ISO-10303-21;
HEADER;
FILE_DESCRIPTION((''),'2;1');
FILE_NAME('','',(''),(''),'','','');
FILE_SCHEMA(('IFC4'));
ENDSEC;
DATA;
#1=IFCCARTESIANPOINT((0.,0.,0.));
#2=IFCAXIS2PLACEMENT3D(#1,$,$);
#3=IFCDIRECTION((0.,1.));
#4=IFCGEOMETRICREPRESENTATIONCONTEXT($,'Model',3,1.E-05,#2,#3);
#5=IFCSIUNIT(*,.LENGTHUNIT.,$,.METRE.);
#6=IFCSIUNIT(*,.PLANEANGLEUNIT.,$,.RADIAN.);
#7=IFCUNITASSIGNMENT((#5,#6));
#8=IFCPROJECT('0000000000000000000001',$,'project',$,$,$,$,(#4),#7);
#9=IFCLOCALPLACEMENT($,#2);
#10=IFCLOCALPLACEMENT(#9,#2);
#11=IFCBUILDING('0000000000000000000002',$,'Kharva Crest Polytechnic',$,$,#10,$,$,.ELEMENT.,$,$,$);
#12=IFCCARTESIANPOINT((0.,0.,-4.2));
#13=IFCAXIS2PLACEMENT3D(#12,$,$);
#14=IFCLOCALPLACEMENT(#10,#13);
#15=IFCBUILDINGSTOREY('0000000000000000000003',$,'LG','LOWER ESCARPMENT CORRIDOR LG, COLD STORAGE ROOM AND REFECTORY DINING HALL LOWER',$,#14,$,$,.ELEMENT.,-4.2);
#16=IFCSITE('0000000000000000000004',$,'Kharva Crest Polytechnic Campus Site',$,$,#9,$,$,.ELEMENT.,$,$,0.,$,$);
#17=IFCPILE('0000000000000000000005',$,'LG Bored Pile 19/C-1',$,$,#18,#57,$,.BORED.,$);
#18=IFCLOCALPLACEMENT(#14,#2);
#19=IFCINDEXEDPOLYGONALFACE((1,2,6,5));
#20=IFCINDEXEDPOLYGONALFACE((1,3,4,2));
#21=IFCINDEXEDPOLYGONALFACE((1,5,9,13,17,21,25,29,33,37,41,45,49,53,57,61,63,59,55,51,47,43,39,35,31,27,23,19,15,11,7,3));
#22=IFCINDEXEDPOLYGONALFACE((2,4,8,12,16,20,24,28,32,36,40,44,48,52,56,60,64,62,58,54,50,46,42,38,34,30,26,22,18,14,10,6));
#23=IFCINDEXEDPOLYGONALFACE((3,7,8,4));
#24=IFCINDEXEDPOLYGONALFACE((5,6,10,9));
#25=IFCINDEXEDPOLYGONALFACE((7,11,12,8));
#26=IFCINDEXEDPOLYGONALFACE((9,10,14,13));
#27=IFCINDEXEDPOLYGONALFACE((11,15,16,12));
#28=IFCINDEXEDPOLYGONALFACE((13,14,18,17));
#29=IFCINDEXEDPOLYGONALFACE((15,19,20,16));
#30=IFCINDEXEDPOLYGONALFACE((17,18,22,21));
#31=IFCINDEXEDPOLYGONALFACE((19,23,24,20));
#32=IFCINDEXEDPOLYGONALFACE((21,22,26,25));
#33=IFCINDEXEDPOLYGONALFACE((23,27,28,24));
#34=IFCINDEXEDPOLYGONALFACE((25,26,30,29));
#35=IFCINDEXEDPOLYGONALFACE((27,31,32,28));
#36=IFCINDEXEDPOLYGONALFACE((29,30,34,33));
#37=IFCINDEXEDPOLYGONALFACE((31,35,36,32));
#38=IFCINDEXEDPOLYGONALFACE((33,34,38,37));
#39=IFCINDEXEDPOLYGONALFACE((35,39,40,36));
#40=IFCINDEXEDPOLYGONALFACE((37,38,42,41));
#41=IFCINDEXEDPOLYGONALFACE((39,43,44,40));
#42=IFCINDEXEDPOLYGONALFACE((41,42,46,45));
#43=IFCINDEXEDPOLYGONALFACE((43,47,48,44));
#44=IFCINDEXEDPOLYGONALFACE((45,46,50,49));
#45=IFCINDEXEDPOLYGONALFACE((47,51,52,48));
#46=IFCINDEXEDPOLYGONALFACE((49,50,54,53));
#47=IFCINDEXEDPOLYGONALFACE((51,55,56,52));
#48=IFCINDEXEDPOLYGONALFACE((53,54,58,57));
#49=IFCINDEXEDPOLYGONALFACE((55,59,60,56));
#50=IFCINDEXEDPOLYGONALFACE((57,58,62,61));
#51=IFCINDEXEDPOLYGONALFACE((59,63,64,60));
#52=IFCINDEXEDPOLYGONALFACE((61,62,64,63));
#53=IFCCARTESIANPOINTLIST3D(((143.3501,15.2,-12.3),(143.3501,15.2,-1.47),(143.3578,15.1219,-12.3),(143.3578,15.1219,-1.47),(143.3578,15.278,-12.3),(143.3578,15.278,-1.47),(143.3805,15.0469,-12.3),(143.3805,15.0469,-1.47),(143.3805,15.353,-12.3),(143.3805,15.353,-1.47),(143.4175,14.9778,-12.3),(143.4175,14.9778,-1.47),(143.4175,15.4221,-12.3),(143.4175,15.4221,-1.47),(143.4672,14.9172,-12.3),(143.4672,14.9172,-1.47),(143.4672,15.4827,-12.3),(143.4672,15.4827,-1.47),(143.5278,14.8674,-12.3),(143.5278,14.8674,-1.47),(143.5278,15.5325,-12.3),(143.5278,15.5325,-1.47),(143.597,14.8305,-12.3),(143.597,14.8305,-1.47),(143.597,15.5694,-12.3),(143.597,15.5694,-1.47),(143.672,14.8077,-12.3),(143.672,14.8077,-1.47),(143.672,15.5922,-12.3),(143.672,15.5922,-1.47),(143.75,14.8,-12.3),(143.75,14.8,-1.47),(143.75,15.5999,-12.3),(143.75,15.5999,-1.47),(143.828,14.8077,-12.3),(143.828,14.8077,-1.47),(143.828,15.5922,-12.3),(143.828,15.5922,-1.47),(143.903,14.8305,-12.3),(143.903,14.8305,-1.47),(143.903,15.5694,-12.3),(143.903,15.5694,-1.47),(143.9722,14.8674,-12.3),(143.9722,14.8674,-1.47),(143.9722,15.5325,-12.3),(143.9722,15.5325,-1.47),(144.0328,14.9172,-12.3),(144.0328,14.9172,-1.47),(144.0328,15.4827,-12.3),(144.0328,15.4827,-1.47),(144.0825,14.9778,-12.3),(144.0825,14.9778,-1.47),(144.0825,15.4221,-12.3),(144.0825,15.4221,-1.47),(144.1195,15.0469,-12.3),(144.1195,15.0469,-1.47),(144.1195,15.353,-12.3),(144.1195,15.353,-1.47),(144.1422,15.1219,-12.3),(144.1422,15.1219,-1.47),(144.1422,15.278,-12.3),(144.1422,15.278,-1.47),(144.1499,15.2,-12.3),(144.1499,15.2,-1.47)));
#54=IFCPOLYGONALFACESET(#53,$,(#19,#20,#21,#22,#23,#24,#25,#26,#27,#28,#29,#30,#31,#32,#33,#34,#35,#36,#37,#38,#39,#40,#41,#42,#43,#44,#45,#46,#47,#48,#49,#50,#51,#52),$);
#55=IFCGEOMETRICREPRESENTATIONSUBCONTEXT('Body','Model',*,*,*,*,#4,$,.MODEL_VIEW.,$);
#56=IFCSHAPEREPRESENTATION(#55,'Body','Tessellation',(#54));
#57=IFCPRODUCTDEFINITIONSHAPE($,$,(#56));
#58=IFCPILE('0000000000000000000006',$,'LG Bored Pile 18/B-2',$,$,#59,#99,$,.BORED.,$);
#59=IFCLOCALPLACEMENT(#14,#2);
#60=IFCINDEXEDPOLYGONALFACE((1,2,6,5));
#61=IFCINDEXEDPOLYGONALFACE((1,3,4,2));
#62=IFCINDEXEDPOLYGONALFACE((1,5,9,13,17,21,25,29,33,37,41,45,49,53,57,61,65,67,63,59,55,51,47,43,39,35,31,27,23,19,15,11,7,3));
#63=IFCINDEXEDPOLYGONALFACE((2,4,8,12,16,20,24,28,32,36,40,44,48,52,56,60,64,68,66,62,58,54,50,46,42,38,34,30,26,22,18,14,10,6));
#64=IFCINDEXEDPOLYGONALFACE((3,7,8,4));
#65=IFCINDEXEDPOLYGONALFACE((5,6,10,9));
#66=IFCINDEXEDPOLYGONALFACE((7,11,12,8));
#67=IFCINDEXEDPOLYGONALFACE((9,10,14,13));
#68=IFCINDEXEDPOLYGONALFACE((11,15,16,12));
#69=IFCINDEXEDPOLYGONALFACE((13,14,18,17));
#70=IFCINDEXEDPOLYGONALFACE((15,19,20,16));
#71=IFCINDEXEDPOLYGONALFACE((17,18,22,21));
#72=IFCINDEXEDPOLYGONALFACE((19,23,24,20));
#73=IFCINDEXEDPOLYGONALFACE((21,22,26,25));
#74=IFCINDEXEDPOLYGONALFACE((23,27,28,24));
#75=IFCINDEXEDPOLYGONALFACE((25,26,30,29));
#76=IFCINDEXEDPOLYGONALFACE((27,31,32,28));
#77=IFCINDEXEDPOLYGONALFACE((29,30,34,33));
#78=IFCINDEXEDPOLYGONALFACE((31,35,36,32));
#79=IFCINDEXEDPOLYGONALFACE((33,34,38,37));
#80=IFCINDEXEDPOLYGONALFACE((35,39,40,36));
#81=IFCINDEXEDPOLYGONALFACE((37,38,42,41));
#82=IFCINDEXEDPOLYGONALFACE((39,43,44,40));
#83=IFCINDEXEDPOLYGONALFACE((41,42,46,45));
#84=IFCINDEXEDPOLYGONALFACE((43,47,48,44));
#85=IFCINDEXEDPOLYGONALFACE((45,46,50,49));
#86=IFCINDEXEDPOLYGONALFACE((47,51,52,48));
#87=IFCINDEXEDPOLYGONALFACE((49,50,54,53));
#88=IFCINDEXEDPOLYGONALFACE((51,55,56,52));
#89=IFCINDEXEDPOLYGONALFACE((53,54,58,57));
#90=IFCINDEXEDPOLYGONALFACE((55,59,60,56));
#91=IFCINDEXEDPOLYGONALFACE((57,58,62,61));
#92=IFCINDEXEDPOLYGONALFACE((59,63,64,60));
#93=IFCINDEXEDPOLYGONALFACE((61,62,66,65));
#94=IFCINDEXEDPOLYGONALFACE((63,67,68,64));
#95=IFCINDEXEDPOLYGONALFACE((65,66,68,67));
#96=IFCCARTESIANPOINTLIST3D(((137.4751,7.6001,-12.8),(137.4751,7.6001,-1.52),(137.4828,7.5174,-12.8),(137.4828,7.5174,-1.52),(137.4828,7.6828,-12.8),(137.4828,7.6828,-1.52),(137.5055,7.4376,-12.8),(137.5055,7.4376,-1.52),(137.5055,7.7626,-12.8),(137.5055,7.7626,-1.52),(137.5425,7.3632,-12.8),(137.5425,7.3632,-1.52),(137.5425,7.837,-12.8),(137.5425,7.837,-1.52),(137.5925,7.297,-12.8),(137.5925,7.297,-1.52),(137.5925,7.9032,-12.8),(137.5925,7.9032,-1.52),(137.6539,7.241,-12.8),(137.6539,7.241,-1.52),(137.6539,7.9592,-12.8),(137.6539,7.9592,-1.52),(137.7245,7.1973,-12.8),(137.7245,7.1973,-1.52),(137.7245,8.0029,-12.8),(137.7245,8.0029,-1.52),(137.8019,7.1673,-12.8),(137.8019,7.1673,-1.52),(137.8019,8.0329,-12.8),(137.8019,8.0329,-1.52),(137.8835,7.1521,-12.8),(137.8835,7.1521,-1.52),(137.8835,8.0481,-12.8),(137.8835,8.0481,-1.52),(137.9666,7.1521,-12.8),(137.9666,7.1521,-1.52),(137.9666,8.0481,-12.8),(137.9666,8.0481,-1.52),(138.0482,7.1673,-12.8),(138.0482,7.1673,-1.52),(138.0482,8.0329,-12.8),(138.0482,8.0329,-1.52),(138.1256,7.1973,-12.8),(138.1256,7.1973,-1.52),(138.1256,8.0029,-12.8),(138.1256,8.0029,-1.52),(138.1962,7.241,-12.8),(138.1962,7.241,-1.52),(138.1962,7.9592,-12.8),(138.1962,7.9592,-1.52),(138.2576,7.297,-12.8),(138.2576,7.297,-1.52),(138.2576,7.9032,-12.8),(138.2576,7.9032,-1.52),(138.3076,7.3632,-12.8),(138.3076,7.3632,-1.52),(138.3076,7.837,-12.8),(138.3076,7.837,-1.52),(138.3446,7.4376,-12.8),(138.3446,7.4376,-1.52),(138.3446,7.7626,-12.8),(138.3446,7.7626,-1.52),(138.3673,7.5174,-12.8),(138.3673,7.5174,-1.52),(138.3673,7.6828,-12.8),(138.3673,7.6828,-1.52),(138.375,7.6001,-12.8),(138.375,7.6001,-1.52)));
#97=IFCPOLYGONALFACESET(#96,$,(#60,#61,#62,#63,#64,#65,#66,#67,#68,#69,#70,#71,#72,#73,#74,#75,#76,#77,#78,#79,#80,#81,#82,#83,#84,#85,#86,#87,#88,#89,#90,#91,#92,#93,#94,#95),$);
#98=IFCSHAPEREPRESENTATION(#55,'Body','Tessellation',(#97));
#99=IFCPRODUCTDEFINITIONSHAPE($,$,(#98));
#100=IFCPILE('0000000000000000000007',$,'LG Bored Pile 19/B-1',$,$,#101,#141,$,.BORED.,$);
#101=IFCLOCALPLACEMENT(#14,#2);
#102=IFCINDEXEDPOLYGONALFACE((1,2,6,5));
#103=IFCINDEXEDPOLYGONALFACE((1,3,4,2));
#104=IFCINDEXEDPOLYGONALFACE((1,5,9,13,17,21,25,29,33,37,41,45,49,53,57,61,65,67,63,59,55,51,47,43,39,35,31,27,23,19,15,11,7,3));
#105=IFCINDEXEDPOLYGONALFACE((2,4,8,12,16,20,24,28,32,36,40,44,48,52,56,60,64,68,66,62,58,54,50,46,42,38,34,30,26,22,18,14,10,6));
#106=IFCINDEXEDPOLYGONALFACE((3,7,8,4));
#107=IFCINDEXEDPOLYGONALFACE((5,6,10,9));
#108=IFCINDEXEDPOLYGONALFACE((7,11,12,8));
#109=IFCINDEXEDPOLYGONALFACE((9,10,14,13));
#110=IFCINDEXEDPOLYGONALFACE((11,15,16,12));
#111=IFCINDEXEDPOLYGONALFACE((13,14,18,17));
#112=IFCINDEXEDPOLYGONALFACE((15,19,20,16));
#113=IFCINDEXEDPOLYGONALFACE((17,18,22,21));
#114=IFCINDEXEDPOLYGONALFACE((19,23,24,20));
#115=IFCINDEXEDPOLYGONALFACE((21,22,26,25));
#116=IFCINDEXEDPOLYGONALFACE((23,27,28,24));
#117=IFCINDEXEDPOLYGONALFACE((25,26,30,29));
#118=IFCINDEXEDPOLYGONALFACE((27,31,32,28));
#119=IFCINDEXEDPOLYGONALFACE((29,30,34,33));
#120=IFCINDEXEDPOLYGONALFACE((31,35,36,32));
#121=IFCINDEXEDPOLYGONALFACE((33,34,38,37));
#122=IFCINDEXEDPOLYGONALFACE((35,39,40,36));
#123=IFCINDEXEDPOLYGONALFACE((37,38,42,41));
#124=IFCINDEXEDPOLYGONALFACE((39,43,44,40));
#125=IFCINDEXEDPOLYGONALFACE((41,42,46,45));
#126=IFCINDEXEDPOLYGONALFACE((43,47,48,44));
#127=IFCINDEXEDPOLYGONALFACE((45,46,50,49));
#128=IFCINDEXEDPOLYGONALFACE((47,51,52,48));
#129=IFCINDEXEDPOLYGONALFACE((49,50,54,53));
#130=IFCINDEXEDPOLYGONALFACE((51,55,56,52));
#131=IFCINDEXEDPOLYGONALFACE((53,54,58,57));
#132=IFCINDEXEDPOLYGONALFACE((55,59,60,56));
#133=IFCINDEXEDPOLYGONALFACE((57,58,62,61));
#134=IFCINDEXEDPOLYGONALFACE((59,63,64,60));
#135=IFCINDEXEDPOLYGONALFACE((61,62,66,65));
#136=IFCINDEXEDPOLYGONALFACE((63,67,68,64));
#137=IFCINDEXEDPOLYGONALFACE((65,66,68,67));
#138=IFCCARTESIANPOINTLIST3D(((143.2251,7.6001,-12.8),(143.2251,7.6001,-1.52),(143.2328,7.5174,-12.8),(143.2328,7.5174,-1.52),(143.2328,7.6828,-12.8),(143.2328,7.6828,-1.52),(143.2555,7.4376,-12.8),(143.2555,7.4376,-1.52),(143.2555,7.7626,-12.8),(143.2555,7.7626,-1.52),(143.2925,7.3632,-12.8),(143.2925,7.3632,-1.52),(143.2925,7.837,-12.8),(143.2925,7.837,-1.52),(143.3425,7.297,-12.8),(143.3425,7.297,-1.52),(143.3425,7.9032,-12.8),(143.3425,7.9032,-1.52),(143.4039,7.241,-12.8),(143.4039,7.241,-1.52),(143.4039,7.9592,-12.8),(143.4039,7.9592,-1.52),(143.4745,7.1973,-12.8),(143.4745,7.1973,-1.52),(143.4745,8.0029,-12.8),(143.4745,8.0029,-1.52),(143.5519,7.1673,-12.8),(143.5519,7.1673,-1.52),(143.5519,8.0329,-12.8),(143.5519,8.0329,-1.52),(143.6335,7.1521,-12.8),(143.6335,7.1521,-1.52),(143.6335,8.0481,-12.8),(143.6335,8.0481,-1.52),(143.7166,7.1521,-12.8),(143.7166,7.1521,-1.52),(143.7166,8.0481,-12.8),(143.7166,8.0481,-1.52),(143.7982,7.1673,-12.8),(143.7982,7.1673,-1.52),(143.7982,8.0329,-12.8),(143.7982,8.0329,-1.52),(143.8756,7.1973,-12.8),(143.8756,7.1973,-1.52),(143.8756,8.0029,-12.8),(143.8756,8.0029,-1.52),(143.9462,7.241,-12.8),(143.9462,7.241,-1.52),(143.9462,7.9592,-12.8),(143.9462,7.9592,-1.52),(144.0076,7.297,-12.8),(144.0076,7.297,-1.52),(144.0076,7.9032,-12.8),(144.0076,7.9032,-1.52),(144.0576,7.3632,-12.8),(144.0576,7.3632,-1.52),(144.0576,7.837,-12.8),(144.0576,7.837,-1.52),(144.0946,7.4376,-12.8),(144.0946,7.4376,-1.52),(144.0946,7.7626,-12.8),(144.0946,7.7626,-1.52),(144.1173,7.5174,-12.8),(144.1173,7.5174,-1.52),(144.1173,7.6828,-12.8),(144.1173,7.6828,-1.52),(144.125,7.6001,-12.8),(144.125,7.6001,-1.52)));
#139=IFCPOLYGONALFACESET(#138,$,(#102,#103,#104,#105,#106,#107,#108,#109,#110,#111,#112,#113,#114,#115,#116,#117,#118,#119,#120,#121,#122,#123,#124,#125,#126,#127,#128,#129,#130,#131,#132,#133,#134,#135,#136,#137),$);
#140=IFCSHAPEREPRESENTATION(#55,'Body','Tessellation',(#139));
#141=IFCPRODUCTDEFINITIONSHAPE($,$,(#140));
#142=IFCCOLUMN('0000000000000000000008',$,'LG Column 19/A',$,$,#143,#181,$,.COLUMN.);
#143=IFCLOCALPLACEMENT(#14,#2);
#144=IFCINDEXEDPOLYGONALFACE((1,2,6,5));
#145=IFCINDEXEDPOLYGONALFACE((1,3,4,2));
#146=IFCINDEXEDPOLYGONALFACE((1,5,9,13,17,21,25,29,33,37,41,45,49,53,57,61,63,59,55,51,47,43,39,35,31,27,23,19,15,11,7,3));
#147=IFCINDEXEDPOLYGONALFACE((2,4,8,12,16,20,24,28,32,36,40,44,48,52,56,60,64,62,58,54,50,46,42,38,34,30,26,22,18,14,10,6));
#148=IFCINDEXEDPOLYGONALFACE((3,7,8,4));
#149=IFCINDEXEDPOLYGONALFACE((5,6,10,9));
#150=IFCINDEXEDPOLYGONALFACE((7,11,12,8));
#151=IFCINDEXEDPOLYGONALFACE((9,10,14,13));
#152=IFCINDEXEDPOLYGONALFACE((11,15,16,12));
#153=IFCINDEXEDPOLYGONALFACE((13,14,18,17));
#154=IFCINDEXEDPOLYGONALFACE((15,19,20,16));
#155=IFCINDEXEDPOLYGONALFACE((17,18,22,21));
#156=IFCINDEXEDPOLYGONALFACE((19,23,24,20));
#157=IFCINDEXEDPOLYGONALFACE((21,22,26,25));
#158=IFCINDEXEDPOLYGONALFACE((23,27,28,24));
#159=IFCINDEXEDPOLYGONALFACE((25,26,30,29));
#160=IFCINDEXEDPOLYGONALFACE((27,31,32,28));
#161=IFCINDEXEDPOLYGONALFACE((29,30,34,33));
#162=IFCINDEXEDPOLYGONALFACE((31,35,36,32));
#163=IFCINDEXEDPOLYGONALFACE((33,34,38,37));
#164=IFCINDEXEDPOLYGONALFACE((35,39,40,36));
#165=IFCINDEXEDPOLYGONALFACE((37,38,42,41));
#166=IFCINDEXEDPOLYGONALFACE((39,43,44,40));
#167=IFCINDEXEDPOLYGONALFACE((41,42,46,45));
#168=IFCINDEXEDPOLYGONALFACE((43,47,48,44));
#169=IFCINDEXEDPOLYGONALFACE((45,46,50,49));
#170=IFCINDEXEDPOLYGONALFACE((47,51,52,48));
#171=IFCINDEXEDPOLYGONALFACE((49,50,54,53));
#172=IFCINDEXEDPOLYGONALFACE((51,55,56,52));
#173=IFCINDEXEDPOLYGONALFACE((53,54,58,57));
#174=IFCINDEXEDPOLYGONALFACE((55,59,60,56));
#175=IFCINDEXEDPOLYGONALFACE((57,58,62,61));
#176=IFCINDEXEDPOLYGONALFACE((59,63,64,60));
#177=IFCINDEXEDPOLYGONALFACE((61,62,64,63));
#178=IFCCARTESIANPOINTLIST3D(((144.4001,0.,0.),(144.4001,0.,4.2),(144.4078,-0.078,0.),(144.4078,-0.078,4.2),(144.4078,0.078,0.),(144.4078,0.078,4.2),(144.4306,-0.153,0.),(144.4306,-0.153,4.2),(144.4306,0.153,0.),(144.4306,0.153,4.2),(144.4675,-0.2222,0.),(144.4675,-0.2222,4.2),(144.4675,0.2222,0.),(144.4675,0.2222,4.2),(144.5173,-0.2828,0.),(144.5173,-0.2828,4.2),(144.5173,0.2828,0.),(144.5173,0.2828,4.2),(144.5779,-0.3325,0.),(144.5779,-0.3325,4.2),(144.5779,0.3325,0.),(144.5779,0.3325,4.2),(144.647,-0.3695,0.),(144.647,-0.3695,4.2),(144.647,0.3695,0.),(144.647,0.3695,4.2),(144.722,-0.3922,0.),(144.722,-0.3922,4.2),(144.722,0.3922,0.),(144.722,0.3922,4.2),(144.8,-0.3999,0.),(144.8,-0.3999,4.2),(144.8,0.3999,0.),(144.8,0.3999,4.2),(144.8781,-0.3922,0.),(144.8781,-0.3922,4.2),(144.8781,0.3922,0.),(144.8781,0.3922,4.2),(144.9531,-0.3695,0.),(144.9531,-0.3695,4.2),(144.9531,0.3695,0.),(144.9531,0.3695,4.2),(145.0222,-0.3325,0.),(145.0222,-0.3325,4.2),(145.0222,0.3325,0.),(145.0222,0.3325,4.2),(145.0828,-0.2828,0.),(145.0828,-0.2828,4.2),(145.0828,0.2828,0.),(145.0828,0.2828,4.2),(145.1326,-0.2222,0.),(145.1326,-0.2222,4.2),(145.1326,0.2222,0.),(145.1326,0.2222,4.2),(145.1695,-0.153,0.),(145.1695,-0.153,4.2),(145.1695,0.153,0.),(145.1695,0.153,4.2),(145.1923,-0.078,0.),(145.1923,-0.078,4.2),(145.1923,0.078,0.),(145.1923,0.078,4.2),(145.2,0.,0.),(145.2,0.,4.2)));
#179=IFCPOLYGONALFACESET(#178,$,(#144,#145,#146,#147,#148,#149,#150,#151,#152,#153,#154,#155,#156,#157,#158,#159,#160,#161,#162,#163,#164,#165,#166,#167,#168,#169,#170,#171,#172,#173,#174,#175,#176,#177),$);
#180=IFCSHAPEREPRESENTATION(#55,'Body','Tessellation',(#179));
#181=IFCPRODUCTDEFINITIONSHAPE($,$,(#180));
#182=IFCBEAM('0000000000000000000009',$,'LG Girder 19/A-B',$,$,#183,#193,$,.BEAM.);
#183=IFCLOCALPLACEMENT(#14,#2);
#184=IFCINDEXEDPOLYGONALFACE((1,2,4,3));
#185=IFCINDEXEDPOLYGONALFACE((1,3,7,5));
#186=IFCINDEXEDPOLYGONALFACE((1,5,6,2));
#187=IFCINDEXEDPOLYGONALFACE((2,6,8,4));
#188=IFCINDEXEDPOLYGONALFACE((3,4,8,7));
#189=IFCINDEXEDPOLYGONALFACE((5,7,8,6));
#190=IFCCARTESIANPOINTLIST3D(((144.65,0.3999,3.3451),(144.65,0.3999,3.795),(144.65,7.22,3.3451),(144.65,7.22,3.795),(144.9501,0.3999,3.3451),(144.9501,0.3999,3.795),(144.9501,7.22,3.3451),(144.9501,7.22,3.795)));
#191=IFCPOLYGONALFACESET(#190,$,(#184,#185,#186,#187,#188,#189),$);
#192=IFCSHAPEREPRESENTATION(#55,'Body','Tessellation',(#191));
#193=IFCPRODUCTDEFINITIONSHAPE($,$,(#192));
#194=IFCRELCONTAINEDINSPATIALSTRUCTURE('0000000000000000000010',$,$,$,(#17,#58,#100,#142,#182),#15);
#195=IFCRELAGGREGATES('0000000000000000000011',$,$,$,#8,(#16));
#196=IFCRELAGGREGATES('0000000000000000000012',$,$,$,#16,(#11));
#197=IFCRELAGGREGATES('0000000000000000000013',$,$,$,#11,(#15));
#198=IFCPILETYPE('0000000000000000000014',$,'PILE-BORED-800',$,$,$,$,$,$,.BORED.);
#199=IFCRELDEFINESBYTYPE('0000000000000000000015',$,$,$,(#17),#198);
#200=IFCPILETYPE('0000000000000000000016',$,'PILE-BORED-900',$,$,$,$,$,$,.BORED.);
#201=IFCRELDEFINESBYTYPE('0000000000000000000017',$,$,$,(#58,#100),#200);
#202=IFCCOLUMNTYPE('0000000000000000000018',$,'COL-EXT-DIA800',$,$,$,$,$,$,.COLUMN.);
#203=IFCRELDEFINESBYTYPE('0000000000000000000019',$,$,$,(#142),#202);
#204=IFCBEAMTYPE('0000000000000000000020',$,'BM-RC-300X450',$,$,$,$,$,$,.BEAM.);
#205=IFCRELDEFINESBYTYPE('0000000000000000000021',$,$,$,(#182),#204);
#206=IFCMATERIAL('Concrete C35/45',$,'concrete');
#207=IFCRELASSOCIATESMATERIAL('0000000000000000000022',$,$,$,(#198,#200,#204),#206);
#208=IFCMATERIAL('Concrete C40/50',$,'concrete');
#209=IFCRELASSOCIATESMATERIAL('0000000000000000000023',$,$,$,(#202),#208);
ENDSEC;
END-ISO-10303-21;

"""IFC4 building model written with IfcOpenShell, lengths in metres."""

from ifc_helpers import new_model, si_unit, direction, frame, origin, origin_2d, place, context, subcontext, project, spatial, rectangle, circle, extrude, material, material_profile, profile_set, type_object, element, save


model = new_model("IFC4")

# Units and contexts
model_context = context("Model", 3, precision=1e-05, world=origin(), true_north=direction((0.0, 1.0)))
body_context = subcontext(model_context, "Body", "Model", "MODEL_VIEW")
ifc_project = project(units=[si_unit("LENGTHUNIT", "METRE"), si_unit("PLANEANGLEUNIT", "RADIAN")], contexts=[model_context])

# Site, building, storey
site_placement = place(None, origin())
site = spatial("IfcSite", under=ifc_project, at=site_placement, Name="Kharva Crest Polytechnic Campus Site", CompositionType="ELEMENT", RefElevation=0.0)
building_placement = place(site_placement, origin())
building = spatial("IfcBuilding", under=site, at=building_placement, Name="Kharva Crest Polytechnic", CompositionType="ELEMENT")
storey_placement = place(building_placement, frame((0.0, 0.0, -4.2)))
storey = spatial("IfcBuildingStorey", under=building, at=storey_placement, Name="LG", Description="LOWER ESCARPMENT CORRIDOR LG, COLD STORAGE ROOM AND REFECTORY DINING HALL LOWER", CompositionType="ELEMENT", Elevation=-4.2)

# Shared definitions
ifc_material_1 = material(Name="Concrete C35/45", Category="concrete")

# Piles
ifc_material_profile_1 = material_profile(ifc_material_1, circle(Radius=0.3999, at=origin_2d()), Name="DIA 800")
ifc_profile_set_1 = profile_set([ifc_material_profile_1], Name="Concrete C35/45")
pile_type_1 = type_object("IfcPileType", Name="PILE-BORED-800", PredefinedType="BORED", material=ifc_profile_set_1)
for number, where, z_axis, x_axis, name in (
    (1, (143.75, 15.2, -1.47), (0.0, 0.0, -1.0), (1.0, 0.0, 0.0), "LG Bored Pile 19/C-1"),
):
    element("IfcPile", number, at=place(storey_placement, frame(where, z_axis=z_axis, x_axis=x_axis)), inside=storey, type_object=pile_type_1, Name=name, PredefinedType="BORED", context=body_context, shape_type="SweptSolid", body=[
        extrude(circle(Radius=0.3999, at=origin_2d()), origin(), (0.0, 0.0, 1.0), 10.8301),
    ])
ifc_material_profile_2 = material_profile(ifc_material_1, circle(Radius=0.45, at=origin_2d()), Name="DIA 900")
ifc_profile_set_2 = profile_set([ifc_material_profile_2], Name="Concrete C35/45")
pile_type_2 = type_object("IfcPileType", Name="PILE-BORED-900", PredefinedType="BORED", material=ifc_profile_set_2)
for number, where, z_axis, x_axis, name in (
    (2, (137.925, 7.6001, -1.52), (0.0, 0.0, -1.0), (1.0, 0.0, 0.0), "LG Bored Pile 18/B-2"),
    (3, (143.675, 7.6001, -1.52), (0.0, 0.0, -1.0), (1.0, 0.0, 0.0), "LG Bored Pile 19/B-1"),
):
    element("IfcPile", number, at=place(storey_placement, frame(where, z_axis=z_axis, x_axis=x_axis)), inside=storey, type_object=pile_type_2, Name=name, PredefinedType="BORED", context=body_context, shape_type="SweptSolid", body=[
        extrude(circle(Radius=0.45, at=origin_2d()), origin(), (0.0, 0.0, 1.0), 11.28),
    ])

# Column
ifc_material_2 = material(Name="Concrete C40/50", Category="concrete")
ifc_material_profile_3 = material_profile(ifc_material_2, circle(Radius=0.3999, at=origin_2d()), Name="DIA 800")
ifc_profile_set_3 = profile_set([ifc_material_profile_3], Name="Concrete C40/50")
column_type = type_object("IfcColumnType", Name="COL-EXT-DIA800", PredefinedType="COLUMN", material=ifc_profile_set_3)
column_placement = place(storey_placement, frame((144.8, 0.0, 0.0), z_axis=(0.0, 0.0, 1.0), x_axis=(1.0, 0.0, 0.0)))
element("IfcColumn", 4, at=column_placement, inside=storey, type_object=column_type, Name="LG Column 19/A", PredefinedType="COLUMN", context=body_context, shape_type="SweptSolid", body=[
    extrude(circle(Radius=0.3999, at=origin_2d()), origin(), (0.0, 0.0, 1.0), 4.2),
])

# Beam
ifc_material_profile_4 = material_profile(ifc_material_1, rectangle(XDim=0.3, YDim=0.45, at=origin_2d()), Name="RECT 300 X 450")
ifc_profile_set_4 = profile_set([ifc_material_profile_4], Name="Concrete C35/45")
beam_type = type_object("IfcBeamType", Name="BM-RC-300X450", PredefinedType="BEAM", material=ifc_profile_set_4)
beam_placement = place(storey_placement, frame((144.8, 0.3999, 3.5701), z_axis=(0.0, 1.0, 0.0), x_axis=(-1.0, 0.0, 0.0)))
element("IfcBeam", 5, at=beam_placement, inside=storey, type_object=beam_type, Name="LG Girder 19/A-B", PredefinedType="BEAM", context=body_context, shape_type="SweptSolid", body=[
    extrude(rectangle(XDim=0.3, YDim=0.45, at=origin_2d()), origin(), (0.0, 0.0, 1.0), 6.8201),
])

save(model, "model.ifc")
